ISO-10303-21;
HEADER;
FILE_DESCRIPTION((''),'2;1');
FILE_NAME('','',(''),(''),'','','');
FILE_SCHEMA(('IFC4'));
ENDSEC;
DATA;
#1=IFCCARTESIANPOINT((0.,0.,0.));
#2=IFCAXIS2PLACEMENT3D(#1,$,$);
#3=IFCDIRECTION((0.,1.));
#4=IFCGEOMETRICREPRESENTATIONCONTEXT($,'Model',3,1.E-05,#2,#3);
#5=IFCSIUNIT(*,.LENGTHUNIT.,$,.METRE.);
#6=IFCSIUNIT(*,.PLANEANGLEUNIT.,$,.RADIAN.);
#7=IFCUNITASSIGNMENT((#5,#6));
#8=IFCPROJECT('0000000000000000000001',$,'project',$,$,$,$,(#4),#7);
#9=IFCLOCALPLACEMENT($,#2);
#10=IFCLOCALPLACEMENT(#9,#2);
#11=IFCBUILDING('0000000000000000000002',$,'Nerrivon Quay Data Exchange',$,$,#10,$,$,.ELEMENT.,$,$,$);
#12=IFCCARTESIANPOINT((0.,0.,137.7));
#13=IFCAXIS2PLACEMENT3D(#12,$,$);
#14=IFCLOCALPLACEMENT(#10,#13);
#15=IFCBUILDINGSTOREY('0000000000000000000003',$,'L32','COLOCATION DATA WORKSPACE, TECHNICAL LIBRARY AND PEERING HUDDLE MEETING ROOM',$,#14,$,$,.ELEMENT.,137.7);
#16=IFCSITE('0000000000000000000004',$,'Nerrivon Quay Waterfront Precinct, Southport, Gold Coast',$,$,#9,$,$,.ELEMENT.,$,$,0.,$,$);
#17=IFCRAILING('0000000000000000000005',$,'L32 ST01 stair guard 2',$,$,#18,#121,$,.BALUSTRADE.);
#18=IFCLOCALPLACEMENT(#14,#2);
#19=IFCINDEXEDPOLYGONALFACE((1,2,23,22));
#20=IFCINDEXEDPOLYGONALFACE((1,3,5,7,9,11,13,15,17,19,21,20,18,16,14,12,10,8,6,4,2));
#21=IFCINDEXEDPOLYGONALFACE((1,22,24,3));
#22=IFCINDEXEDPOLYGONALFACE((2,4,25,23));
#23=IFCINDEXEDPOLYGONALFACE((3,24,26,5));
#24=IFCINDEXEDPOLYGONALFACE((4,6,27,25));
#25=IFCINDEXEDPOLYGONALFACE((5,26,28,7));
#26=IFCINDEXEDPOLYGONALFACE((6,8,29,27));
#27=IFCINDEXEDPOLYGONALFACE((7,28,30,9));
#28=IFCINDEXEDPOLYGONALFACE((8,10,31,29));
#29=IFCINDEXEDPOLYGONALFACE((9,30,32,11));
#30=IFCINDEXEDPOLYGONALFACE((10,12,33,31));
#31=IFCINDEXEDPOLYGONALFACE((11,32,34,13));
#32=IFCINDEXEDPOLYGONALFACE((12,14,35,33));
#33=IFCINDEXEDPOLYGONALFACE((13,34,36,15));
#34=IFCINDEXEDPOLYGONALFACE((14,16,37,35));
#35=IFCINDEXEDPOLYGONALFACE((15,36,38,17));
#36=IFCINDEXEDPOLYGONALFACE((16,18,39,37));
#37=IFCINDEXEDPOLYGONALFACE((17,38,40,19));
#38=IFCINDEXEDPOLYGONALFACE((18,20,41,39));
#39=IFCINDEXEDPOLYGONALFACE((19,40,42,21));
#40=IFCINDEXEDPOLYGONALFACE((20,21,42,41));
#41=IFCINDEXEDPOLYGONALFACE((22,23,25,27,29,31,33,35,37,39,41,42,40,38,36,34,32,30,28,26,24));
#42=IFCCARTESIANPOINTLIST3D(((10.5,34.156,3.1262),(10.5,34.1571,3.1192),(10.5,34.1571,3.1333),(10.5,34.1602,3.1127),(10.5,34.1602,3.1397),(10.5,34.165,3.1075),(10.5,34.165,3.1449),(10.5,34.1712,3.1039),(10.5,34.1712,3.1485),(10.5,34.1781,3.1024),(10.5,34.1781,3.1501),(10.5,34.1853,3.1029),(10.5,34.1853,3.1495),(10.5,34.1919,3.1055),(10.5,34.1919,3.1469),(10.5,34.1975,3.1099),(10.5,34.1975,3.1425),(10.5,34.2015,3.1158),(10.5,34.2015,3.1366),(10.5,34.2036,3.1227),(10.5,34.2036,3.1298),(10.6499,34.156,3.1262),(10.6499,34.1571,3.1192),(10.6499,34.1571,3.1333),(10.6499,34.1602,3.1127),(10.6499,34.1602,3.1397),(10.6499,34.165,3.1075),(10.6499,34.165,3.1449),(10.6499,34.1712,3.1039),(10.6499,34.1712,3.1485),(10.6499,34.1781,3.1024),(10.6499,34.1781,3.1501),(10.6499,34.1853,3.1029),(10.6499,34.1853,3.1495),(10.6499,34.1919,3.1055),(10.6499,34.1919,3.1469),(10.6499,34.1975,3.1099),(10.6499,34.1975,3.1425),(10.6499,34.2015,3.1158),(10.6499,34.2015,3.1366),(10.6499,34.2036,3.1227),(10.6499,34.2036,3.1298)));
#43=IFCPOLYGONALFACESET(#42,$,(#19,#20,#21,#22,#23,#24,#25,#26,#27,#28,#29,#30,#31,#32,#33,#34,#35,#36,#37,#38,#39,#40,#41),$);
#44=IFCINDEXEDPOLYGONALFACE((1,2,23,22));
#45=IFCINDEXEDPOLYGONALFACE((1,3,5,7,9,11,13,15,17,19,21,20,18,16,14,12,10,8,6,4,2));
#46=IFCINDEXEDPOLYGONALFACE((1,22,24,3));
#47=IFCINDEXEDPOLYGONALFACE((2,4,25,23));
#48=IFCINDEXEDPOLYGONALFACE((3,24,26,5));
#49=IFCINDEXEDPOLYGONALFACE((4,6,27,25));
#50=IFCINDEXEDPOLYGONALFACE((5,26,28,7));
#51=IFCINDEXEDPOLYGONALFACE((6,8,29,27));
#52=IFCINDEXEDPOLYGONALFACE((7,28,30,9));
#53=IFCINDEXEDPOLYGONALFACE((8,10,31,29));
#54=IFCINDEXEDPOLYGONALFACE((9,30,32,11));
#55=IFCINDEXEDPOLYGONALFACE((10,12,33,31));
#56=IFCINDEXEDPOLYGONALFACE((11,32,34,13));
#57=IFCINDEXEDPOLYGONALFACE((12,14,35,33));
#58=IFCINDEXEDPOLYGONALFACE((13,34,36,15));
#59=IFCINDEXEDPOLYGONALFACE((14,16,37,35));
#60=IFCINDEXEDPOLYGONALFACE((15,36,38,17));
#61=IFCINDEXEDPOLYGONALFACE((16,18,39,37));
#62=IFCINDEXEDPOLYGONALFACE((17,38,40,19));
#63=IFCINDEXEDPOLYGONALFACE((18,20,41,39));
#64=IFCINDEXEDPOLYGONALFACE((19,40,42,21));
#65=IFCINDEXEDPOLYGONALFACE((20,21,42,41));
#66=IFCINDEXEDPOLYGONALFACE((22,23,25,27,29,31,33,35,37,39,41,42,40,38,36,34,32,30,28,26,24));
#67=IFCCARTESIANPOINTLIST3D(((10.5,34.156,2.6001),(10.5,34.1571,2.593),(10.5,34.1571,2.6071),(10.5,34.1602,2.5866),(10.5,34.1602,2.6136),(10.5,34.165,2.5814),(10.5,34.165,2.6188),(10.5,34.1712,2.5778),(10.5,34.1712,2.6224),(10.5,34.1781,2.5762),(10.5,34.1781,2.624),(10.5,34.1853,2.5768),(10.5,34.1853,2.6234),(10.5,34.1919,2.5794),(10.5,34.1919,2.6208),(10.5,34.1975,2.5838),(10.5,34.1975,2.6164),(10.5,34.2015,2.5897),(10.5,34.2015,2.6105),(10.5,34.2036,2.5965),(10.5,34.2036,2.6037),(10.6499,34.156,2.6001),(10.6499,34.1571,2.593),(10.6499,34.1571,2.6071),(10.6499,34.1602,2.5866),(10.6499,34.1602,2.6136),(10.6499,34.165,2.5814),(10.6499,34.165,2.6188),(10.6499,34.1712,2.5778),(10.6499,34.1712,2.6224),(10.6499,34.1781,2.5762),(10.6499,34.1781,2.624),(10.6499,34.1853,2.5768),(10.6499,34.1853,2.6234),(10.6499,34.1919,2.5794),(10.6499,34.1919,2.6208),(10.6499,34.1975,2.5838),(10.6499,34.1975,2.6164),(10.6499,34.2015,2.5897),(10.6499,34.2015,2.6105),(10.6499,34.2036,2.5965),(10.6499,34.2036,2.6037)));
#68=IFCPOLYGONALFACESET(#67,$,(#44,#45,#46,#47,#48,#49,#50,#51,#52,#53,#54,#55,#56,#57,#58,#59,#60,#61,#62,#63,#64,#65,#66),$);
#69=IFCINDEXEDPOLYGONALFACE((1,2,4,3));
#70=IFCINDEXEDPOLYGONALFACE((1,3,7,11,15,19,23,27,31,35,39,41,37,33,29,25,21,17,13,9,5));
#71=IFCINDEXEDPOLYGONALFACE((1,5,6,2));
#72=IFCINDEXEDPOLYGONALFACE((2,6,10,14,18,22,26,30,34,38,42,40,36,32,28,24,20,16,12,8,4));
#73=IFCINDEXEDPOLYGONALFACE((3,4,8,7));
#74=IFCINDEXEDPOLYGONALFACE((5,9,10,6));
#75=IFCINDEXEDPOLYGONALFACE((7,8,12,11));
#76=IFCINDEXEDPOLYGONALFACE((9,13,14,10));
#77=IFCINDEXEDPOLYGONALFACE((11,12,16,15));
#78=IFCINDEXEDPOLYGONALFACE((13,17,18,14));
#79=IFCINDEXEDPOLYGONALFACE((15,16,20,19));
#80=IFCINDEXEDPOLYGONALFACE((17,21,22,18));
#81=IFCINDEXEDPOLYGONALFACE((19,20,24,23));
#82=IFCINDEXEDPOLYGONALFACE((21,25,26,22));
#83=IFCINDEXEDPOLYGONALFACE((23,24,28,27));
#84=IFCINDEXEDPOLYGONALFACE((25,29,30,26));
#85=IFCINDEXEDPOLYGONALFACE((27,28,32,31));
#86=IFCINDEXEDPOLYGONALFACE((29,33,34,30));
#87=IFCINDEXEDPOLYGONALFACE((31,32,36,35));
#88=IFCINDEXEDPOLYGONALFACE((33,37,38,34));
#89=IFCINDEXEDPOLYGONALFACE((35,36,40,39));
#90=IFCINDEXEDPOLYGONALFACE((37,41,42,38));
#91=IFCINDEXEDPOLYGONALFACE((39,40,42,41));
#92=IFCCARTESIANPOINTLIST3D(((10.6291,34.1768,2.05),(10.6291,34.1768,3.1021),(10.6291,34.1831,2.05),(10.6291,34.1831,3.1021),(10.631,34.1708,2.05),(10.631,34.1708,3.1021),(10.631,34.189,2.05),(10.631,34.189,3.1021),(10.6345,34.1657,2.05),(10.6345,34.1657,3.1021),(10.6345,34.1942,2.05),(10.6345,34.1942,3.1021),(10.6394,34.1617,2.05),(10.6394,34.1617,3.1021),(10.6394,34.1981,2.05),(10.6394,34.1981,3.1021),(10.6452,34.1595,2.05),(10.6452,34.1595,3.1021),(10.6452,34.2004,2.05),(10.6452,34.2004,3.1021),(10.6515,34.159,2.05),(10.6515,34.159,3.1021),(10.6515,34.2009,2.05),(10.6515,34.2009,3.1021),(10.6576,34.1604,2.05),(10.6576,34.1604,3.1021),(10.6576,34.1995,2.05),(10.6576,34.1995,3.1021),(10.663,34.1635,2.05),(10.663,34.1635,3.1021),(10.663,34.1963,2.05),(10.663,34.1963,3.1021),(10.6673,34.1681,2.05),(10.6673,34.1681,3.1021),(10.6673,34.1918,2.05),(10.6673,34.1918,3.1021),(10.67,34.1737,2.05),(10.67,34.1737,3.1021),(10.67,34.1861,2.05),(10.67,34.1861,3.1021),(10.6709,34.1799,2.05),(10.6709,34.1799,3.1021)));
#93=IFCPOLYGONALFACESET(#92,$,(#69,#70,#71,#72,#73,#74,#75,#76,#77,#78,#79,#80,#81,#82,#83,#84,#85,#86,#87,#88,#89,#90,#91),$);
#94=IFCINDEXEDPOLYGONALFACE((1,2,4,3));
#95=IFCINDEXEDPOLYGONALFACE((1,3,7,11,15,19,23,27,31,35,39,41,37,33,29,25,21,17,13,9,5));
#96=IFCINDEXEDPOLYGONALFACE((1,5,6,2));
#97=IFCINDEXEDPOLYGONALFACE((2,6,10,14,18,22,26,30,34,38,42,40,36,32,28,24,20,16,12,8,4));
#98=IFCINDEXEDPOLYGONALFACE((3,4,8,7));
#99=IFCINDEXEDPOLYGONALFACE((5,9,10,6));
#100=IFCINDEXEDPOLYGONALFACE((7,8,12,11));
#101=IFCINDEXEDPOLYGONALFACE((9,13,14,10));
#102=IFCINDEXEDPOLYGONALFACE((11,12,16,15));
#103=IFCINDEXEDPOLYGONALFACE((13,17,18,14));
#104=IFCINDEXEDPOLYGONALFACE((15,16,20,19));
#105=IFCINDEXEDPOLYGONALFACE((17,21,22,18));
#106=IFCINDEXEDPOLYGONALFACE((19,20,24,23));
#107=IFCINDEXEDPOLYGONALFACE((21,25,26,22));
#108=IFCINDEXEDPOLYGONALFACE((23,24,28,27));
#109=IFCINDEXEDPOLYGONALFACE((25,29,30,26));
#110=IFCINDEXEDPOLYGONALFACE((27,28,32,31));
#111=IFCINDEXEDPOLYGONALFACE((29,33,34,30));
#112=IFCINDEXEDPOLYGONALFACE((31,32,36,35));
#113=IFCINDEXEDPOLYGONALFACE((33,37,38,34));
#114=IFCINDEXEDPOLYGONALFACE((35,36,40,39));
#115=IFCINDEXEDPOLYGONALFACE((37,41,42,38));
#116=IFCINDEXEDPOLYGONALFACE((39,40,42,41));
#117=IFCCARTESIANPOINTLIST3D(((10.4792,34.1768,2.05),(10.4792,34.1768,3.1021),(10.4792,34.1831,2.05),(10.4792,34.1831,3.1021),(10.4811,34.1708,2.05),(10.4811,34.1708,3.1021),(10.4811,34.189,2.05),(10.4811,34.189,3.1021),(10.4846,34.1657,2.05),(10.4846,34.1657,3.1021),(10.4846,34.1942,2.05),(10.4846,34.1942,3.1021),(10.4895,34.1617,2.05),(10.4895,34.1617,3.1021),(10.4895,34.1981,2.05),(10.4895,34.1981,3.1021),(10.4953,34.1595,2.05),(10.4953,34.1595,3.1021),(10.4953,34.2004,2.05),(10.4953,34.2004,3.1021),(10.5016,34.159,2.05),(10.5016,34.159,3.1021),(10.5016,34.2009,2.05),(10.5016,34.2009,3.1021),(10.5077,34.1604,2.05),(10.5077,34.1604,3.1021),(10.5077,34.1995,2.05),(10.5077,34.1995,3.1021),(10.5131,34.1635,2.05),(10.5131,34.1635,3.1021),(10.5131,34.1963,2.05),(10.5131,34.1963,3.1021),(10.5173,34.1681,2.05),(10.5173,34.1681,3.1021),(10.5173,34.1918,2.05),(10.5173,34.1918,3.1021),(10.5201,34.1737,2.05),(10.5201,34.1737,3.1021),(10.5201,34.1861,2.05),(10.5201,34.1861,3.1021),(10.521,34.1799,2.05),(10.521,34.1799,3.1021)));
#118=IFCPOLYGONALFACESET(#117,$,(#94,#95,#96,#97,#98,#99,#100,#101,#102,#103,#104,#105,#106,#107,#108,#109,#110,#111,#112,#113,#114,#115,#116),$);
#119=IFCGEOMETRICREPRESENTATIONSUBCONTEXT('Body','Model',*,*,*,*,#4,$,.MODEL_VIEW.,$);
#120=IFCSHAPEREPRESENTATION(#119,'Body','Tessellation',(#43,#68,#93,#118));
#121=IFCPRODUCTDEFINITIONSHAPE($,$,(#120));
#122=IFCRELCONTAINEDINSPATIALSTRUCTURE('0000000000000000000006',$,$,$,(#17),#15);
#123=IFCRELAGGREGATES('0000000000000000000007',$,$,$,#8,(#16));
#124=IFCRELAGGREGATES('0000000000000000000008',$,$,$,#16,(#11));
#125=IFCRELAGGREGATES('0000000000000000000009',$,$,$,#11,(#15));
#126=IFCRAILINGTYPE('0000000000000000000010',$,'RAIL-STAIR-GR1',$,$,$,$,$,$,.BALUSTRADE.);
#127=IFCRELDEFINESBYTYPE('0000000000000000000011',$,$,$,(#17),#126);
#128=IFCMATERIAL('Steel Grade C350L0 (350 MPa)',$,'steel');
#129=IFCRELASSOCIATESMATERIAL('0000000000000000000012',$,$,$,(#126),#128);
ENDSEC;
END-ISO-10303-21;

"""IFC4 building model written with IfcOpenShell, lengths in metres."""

from ifc_helpers import new_model, si_unit, direction, frame, origin, origin_2d, place, context, subcontext, project, spatial, circle, extrude, material, type_object, element, save


model = new_model("IFC4")

# Units and contexts
model_context = context("Model", 3, precision=1e-05, world=origin(), true_north=direction((0.0, 1.0)))
body_context = subcontext(model_context, "Body", "Model", "MODEL_VIEW")
ifc_project = project(units=[si_unit("LENGTHUNIT", "METRE"), si_unit("PLANEANGLEUNIT", "RADIAN")], contexts=[model_context])

# Site, building, storey
site_placement = place(None, origin())
site = spatial("IfcSite", under=ifc_project, at=site_placement, Name="Nerrivon Quay Waterfront Precinct, Southport, Gold Coast", CompositionType="ELEMENT", RefElevation=0.0)
building_placement = place(site_placement, origin())
building = spatial("IfcBuilding", under=site, at=building_placement, Name="Nerrivon Quay Data Exchange", CompositionType="ELEMENT")
storey_placement = place(building_placement, frame((0.0, 0.0, 137.7)))
storey = spatial("IfcBuildingStorey", under=building, at=storey_placement, Name="L32", Description="COLOCATION DATA WORKSPACE, TECHNICAL LIBRARY AND PEERING HUDDLE MEETING ROOM", CompositionType="ELEMENT", Elevation=137.7)

# Railing
ifc_material_1 = material(Name="Steel Grade C350L0 (350 MPa)", Category="steel")
railing_type = type_object("IfcRailingType", Name="RAIL-STAIR-GR1", PredefinedType="BALUSTRADE", material=ifc_material_1)
railing_placement = place(storey_placement, frame((10.6499, 34.1799, 2.05)))
element("IfcRailing", 1, at=railing_placement, inside=storey, type_object=railing_type, Name="L32 ST01 stair guard 2", PredefinedType="BALUSTRADE", context=body_context, shape_type="SweptSolid", body=[
    extrude(circle(Radius=0.0239, at=origin_2d()), frame((0.0, 0.0, 1.0762), z_axis=(-1.0, 0.0, 0.0), x_axis=(0.0, -1.0, 0.0)), (0.0, 0.0, 1.0), 0.1499),
    extrude(circle(Radius=0.0239, at=origin_2d()), frame((0.0, 0.0, 0.55), z_axis=(-1.0, 0.0, 0.0), x_axis=(0.0, -1.0, 0.0)), (0.0, 0.0, 1.0), 0.1499),
    extrude(circle(Radius=0.021, at=origin_2d()), origin(), (0.0, 0.0, 1.0), 1.052),
    extrude(circle(Radius=0.021, at=origin_2d()), frame((-0.1499, 0.0, 0.0)), (0.0, 0.0, 1.0), 1.052),
])

save(model, "model.ifc")
